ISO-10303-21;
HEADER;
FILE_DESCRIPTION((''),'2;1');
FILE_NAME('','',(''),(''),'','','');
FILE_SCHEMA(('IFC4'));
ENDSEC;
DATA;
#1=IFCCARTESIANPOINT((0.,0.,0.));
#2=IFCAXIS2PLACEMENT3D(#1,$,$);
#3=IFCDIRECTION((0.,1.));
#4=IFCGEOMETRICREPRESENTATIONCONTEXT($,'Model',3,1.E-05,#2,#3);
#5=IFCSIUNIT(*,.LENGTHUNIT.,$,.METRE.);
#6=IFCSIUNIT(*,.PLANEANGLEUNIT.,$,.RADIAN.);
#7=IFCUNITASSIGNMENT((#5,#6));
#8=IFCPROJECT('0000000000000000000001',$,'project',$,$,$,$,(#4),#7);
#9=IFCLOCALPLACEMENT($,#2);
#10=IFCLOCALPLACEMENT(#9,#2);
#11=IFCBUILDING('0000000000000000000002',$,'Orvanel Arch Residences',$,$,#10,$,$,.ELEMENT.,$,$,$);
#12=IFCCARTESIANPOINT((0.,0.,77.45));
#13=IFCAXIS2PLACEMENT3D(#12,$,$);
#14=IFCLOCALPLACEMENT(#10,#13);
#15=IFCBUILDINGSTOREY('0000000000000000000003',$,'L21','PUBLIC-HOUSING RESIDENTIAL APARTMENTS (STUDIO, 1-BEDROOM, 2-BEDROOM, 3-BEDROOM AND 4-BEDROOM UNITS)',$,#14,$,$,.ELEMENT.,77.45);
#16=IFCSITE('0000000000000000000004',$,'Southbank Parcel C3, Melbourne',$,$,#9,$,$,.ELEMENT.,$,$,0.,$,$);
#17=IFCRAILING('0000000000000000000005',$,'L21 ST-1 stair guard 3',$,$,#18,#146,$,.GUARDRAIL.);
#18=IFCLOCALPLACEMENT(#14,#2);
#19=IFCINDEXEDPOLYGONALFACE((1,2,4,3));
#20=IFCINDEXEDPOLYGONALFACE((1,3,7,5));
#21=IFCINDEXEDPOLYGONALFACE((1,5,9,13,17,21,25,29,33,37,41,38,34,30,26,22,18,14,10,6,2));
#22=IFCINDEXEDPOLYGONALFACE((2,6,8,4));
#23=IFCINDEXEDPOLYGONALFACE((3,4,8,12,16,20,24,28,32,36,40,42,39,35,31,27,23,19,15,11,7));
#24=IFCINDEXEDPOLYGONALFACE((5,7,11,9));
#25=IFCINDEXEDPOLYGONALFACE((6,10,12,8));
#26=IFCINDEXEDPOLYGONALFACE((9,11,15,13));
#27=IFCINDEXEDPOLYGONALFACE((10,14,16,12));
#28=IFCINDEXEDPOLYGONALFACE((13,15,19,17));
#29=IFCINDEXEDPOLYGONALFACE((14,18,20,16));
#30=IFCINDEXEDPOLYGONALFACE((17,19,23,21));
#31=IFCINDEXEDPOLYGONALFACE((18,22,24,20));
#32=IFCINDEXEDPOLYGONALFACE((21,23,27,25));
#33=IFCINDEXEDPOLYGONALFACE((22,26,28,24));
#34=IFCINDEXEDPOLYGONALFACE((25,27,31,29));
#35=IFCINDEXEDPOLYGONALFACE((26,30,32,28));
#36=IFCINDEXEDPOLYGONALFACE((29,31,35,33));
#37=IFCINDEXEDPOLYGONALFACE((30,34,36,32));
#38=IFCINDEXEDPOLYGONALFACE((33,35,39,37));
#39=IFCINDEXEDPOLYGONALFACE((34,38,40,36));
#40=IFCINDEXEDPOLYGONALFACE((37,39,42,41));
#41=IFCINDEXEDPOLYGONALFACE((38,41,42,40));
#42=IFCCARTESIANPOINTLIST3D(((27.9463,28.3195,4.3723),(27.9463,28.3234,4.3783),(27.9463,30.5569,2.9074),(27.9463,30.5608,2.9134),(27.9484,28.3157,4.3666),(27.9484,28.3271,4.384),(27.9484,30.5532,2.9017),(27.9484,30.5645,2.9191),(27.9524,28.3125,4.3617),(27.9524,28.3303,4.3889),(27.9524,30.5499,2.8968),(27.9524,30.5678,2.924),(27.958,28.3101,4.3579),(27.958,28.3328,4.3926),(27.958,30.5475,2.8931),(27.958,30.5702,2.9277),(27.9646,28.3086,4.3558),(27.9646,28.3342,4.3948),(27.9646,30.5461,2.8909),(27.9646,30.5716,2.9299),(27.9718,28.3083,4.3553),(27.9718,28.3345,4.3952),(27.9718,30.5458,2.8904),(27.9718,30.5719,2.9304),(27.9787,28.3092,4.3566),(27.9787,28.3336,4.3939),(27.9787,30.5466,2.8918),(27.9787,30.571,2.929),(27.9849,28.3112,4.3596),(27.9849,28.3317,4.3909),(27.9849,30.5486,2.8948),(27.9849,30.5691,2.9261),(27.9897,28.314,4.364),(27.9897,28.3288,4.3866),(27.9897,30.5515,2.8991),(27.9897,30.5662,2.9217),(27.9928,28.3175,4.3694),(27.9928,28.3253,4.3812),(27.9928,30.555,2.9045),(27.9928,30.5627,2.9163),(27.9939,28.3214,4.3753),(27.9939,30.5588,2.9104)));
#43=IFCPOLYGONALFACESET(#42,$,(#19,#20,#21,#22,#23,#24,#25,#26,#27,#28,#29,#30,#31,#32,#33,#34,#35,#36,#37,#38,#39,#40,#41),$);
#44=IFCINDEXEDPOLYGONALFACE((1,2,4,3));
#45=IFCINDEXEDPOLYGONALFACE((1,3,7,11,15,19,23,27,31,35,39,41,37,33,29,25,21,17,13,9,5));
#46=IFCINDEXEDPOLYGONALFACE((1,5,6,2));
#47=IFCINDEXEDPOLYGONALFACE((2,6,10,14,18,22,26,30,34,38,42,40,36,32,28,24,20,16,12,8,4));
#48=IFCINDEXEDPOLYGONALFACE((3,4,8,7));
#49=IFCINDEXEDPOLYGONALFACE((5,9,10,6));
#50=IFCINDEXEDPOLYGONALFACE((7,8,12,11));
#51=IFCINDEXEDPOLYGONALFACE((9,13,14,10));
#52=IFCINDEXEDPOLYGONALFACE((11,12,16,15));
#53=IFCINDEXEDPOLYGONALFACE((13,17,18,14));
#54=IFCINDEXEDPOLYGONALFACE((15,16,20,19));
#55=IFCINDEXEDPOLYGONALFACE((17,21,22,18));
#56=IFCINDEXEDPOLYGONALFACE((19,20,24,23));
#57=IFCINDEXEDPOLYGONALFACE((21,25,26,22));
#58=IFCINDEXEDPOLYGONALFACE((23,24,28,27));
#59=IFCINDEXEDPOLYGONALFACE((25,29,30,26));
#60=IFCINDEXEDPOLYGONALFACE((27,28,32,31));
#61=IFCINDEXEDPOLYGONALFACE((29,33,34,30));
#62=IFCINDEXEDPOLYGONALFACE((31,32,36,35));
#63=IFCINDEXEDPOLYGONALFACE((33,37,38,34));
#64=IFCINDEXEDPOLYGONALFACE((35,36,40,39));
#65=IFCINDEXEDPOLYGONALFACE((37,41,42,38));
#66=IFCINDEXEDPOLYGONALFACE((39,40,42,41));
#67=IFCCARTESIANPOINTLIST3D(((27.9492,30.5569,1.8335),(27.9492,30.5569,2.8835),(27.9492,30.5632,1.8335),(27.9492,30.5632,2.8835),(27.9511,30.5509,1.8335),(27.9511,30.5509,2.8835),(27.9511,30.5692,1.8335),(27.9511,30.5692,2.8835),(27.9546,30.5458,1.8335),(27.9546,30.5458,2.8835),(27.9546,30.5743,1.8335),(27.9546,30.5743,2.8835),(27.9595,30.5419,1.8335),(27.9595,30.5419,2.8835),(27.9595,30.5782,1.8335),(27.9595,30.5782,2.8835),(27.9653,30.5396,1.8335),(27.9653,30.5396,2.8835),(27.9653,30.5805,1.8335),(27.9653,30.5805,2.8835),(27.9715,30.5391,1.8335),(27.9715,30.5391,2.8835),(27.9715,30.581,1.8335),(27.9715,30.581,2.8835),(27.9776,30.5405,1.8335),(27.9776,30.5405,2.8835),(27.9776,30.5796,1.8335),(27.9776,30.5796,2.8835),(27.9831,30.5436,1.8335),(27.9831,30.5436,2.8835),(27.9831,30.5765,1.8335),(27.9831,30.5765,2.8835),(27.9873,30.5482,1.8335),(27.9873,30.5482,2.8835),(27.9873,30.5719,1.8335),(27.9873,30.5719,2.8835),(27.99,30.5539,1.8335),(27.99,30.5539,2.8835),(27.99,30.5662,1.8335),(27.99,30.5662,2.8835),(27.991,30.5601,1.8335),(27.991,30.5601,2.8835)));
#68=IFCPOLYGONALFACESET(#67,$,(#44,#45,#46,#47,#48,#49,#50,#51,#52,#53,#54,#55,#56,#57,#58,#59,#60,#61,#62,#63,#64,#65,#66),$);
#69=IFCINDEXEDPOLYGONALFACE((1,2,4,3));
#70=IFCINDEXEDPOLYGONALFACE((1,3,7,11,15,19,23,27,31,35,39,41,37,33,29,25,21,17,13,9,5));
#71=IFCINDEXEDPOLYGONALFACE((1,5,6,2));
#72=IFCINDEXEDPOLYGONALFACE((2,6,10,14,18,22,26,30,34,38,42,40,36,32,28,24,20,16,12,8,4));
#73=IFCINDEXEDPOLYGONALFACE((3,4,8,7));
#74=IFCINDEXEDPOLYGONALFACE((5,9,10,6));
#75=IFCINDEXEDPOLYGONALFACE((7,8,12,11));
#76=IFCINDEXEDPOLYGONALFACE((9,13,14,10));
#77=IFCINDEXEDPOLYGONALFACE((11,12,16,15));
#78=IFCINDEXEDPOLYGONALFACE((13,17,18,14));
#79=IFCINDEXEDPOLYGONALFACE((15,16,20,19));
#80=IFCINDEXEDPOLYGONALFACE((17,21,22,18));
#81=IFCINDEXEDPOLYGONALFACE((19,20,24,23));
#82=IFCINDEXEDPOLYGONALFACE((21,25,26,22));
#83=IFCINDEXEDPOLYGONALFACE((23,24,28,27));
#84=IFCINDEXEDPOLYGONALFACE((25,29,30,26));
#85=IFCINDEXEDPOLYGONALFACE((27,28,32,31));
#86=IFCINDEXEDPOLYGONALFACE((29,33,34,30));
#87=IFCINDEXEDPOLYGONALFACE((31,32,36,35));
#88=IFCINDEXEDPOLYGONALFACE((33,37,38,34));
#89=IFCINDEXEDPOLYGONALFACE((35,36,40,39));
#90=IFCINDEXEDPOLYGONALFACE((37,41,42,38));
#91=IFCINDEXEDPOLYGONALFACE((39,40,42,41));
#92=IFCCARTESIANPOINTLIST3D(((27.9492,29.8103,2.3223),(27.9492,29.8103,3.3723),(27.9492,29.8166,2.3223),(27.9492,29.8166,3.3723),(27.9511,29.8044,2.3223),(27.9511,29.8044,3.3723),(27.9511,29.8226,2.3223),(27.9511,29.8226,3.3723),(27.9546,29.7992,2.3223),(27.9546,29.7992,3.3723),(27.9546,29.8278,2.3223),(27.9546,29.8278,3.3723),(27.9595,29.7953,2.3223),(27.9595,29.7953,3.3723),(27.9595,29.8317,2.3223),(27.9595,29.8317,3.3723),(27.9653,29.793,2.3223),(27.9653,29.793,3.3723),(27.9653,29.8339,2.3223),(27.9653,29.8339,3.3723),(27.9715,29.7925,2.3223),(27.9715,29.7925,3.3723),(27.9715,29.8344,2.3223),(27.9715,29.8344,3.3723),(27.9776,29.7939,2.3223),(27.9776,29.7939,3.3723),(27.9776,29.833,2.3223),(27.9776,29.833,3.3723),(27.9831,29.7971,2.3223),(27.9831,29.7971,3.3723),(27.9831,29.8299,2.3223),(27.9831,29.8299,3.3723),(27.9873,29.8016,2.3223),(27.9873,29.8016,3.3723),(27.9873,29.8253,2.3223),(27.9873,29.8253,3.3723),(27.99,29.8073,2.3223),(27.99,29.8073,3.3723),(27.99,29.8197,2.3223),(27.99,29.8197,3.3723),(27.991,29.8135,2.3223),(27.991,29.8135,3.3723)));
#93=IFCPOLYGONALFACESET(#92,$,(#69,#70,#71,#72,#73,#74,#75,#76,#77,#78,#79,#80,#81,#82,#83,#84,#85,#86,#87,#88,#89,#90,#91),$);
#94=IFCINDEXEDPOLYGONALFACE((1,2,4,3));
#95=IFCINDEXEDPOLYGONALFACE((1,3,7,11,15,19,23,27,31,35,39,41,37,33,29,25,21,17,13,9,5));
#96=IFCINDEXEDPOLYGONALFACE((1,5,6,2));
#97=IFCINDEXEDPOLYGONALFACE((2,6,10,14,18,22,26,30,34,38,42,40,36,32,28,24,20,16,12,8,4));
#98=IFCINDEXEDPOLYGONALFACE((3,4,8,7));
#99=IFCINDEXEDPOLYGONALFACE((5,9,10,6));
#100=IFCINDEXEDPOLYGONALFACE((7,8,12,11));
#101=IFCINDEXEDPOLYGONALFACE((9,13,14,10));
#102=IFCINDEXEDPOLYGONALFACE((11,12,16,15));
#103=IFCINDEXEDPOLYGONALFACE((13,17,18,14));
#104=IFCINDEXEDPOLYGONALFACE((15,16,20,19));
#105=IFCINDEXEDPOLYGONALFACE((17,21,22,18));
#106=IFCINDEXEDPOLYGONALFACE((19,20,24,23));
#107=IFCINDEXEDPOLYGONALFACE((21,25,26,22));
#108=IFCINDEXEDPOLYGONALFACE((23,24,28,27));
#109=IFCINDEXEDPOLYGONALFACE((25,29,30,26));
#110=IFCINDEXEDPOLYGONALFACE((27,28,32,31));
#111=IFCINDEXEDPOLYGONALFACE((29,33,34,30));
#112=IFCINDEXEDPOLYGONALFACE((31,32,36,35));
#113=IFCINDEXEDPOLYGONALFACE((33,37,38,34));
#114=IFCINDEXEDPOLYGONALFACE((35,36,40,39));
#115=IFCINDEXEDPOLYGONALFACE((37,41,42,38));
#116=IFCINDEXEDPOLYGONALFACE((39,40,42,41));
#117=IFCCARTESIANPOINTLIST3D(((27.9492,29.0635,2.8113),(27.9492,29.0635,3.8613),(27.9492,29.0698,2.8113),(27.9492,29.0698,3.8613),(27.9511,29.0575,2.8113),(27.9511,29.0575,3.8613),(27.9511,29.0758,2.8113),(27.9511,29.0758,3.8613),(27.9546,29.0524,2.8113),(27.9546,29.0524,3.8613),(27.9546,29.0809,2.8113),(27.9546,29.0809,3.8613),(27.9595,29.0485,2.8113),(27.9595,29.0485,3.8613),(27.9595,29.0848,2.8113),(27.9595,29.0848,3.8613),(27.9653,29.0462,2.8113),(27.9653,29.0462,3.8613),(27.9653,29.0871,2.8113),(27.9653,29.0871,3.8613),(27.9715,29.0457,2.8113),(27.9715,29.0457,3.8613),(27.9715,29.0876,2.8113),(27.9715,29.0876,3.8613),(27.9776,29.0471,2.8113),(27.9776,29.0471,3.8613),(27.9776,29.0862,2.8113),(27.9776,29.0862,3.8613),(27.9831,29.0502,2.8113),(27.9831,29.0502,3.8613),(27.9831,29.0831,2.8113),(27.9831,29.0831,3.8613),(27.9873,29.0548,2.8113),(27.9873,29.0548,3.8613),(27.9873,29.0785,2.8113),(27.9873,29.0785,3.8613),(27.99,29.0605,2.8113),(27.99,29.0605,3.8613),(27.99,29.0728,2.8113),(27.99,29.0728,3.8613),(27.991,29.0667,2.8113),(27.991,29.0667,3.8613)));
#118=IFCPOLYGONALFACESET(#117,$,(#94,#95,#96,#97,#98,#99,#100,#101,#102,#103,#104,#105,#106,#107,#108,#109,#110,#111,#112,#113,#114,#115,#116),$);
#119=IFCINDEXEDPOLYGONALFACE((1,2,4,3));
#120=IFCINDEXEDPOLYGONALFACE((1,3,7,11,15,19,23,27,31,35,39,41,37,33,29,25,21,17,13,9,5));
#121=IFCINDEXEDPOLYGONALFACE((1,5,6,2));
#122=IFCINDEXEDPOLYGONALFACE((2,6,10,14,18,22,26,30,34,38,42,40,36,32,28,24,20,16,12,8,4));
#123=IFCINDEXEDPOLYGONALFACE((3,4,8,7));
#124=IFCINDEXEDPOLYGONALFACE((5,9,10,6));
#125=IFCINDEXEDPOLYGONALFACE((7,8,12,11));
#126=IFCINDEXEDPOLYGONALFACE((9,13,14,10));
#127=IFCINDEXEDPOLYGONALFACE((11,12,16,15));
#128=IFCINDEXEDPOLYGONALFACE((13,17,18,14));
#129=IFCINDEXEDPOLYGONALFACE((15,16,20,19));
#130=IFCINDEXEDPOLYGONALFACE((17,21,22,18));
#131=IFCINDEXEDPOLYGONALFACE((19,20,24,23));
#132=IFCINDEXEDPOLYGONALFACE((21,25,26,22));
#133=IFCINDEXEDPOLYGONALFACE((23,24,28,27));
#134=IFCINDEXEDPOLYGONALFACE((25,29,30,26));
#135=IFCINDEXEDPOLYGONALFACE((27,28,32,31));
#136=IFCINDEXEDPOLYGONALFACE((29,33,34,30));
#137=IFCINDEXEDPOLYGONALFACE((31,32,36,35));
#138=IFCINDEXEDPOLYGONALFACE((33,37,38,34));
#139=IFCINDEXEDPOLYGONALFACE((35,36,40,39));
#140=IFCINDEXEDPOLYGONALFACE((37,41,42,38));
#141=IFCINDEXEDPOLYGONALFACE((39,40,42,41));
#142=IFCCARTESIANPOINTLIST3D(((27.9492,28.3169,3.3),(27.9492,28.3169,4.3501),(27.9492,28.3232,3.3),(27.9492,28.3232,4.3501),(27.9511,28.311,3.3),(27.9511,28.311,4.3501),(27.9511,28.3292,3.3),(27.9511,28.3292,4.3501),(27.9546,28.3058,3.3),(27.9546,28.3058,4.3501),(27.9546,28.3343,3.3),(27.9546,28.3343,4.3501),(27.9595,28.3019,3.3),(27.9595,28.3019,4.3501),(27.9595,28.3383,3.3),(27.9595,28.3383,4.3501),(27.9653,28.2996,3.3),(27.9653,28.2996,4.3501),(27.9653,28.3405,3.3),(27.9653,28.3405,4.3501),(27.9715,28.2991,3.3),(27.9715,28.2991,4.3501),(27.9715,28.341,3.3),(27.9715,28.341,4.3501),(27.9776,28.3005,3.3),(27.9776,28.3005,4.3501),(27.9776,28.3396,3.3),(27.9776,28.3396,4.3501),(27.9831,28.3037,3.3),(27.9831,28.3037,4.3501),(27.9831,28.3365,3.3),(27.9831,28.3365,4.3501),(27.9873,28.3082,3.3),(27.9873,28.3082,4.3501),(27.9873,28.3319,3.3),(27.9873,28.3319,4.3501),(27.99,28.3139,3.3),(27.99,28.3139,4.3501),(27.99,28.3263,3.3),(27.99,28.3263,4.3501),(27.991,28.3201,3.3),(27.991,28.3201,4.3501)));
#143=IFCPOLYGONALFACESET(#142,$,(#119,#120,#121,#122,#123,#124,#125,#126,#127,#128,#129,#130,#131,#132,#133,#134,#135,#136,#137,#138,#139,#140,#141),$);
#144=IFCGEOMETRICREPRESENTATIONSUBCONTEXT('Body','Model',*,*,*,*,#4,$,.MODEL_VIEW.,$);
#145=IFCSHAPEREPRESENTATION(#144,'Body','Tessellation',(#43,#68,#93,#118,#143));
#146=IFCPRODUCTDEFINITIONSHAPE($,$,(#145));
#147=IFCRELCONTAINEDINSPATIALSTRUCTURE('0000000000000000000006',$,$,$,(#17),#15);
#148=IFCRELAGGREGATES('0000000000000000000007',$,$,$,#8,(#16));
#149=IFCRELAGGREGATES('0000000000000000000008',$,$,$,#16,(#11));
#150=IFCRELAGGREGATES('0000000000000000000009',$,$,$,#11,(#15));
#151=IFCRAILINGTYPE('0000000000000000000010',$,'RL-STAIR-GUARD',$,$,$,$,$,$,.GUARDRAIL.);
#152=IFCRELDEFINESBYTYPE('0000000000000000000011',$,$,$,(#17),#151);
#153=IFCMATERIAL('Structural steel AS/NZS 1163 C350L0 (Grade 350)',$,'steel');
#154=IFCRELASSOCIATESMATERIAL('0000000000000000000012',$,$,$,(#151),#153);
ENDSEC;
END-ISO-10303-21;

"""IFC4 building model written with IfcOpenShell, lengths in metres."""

from ifc_helpers import new_model, si_unit, direction, frame, origin, origin_2d, place, context, subcontext, project, spatial, circle, extrude, material, type_object, element, save


model = new_model("IFC4")

# Units and contexts
model_context = context("Model", 3, precision=1e-05, world=origin(), true_north=direction((0.0, 1.0)))
body_context = subcontext(model_context, "Body", "Model", "MODEL_VIEW")
ifc_project = project(units=[si_unit("LENGTHUNIT", "METRE"), si_unit("PLANEANGLEUNIT", "RADIAN")], contexts=[model_context])

# Site, building, storey
site_placement = place(None, origin())
site = spatial("IfcSite", under=ifc_project, at=site_placement, Name="Southbank Parcel C3, Melbourne", CompositionType="ELEMENT", RefElevation=0.0)
building_placement = place(site_placement, origin())
building = spatial("IfcBuilding", under=site, at=building_placement, Name="Orvanel Arch Residences", CompositionType="ELEMENT")
storey_placement = place(building_placement, frame((0.0, 0.0, 77.45)))
storey = spatial("IfcBuildingStorey", under=building, at=storey_placement, Name="L21", Description="PUBLIC-HOUSING RESIDENTIAL APARTMENTS (STUDIO, 1-BEDROOM, 2-BEDROOM, 3-BEDROOM AND 4-BEDROOM UNITS)", CompositionType="ELEMENT", Elevation=77.45)

# Railing
ifc_material_1 = material(Name="Structural steel AS/NZS 1163 C350L0 (Grade 350)", Category="steel")
railing_type_1 = type_object("IfcRailingType", Name="RL-STAIR-GUARD", PredefinedType="GUARDRAIL", material=ifc_material_1)
railing_1_placement = place(storey_placement, frame((27.97, 30.5601, 1.8335)))
element("IfcRailing", 1, at=railing_1_placement, inside=storey, type_object=railing_type_1, Name="L21 ST-1 stair guard 3", PredefinedType="GUARDRAIL", context=body_context, shape_type="SweptSolid", body=[
    extrude(circle(Radius=0.0239, at=origin_2d()), frame((0.0, -0.0012, 1.0769), z_axis=(0.0, -0.836637, 0.547758), x_axis=(1.0, 0.0, 0.0)), (0.0, 0.0, 1.0), 2.6743),
    extrude(circle(Radius=0.021, at=origin_2d()), origin(), (0.0, 0.0, 1.0), 1.05),
    extrude(circle(Radius=0.021, at=origin_2d()), frame((0.0, -0.7466, 0.4888)), (0.0, 0.0, 1.0), 1.05),
    extrude(circle(Radius=0.021, at=origin_2d()), frame((0.0, -1.4934, 0.9778)), (0.0, 0.0, 1.0), 1.05),
    extrude(circle(Radius=0.021, at=origin_2d()), frame((0.0, -2.24, 1.4666)), (0.0, 0.0, 1.0), 1.05),
])

save(model, "model.ifc")
